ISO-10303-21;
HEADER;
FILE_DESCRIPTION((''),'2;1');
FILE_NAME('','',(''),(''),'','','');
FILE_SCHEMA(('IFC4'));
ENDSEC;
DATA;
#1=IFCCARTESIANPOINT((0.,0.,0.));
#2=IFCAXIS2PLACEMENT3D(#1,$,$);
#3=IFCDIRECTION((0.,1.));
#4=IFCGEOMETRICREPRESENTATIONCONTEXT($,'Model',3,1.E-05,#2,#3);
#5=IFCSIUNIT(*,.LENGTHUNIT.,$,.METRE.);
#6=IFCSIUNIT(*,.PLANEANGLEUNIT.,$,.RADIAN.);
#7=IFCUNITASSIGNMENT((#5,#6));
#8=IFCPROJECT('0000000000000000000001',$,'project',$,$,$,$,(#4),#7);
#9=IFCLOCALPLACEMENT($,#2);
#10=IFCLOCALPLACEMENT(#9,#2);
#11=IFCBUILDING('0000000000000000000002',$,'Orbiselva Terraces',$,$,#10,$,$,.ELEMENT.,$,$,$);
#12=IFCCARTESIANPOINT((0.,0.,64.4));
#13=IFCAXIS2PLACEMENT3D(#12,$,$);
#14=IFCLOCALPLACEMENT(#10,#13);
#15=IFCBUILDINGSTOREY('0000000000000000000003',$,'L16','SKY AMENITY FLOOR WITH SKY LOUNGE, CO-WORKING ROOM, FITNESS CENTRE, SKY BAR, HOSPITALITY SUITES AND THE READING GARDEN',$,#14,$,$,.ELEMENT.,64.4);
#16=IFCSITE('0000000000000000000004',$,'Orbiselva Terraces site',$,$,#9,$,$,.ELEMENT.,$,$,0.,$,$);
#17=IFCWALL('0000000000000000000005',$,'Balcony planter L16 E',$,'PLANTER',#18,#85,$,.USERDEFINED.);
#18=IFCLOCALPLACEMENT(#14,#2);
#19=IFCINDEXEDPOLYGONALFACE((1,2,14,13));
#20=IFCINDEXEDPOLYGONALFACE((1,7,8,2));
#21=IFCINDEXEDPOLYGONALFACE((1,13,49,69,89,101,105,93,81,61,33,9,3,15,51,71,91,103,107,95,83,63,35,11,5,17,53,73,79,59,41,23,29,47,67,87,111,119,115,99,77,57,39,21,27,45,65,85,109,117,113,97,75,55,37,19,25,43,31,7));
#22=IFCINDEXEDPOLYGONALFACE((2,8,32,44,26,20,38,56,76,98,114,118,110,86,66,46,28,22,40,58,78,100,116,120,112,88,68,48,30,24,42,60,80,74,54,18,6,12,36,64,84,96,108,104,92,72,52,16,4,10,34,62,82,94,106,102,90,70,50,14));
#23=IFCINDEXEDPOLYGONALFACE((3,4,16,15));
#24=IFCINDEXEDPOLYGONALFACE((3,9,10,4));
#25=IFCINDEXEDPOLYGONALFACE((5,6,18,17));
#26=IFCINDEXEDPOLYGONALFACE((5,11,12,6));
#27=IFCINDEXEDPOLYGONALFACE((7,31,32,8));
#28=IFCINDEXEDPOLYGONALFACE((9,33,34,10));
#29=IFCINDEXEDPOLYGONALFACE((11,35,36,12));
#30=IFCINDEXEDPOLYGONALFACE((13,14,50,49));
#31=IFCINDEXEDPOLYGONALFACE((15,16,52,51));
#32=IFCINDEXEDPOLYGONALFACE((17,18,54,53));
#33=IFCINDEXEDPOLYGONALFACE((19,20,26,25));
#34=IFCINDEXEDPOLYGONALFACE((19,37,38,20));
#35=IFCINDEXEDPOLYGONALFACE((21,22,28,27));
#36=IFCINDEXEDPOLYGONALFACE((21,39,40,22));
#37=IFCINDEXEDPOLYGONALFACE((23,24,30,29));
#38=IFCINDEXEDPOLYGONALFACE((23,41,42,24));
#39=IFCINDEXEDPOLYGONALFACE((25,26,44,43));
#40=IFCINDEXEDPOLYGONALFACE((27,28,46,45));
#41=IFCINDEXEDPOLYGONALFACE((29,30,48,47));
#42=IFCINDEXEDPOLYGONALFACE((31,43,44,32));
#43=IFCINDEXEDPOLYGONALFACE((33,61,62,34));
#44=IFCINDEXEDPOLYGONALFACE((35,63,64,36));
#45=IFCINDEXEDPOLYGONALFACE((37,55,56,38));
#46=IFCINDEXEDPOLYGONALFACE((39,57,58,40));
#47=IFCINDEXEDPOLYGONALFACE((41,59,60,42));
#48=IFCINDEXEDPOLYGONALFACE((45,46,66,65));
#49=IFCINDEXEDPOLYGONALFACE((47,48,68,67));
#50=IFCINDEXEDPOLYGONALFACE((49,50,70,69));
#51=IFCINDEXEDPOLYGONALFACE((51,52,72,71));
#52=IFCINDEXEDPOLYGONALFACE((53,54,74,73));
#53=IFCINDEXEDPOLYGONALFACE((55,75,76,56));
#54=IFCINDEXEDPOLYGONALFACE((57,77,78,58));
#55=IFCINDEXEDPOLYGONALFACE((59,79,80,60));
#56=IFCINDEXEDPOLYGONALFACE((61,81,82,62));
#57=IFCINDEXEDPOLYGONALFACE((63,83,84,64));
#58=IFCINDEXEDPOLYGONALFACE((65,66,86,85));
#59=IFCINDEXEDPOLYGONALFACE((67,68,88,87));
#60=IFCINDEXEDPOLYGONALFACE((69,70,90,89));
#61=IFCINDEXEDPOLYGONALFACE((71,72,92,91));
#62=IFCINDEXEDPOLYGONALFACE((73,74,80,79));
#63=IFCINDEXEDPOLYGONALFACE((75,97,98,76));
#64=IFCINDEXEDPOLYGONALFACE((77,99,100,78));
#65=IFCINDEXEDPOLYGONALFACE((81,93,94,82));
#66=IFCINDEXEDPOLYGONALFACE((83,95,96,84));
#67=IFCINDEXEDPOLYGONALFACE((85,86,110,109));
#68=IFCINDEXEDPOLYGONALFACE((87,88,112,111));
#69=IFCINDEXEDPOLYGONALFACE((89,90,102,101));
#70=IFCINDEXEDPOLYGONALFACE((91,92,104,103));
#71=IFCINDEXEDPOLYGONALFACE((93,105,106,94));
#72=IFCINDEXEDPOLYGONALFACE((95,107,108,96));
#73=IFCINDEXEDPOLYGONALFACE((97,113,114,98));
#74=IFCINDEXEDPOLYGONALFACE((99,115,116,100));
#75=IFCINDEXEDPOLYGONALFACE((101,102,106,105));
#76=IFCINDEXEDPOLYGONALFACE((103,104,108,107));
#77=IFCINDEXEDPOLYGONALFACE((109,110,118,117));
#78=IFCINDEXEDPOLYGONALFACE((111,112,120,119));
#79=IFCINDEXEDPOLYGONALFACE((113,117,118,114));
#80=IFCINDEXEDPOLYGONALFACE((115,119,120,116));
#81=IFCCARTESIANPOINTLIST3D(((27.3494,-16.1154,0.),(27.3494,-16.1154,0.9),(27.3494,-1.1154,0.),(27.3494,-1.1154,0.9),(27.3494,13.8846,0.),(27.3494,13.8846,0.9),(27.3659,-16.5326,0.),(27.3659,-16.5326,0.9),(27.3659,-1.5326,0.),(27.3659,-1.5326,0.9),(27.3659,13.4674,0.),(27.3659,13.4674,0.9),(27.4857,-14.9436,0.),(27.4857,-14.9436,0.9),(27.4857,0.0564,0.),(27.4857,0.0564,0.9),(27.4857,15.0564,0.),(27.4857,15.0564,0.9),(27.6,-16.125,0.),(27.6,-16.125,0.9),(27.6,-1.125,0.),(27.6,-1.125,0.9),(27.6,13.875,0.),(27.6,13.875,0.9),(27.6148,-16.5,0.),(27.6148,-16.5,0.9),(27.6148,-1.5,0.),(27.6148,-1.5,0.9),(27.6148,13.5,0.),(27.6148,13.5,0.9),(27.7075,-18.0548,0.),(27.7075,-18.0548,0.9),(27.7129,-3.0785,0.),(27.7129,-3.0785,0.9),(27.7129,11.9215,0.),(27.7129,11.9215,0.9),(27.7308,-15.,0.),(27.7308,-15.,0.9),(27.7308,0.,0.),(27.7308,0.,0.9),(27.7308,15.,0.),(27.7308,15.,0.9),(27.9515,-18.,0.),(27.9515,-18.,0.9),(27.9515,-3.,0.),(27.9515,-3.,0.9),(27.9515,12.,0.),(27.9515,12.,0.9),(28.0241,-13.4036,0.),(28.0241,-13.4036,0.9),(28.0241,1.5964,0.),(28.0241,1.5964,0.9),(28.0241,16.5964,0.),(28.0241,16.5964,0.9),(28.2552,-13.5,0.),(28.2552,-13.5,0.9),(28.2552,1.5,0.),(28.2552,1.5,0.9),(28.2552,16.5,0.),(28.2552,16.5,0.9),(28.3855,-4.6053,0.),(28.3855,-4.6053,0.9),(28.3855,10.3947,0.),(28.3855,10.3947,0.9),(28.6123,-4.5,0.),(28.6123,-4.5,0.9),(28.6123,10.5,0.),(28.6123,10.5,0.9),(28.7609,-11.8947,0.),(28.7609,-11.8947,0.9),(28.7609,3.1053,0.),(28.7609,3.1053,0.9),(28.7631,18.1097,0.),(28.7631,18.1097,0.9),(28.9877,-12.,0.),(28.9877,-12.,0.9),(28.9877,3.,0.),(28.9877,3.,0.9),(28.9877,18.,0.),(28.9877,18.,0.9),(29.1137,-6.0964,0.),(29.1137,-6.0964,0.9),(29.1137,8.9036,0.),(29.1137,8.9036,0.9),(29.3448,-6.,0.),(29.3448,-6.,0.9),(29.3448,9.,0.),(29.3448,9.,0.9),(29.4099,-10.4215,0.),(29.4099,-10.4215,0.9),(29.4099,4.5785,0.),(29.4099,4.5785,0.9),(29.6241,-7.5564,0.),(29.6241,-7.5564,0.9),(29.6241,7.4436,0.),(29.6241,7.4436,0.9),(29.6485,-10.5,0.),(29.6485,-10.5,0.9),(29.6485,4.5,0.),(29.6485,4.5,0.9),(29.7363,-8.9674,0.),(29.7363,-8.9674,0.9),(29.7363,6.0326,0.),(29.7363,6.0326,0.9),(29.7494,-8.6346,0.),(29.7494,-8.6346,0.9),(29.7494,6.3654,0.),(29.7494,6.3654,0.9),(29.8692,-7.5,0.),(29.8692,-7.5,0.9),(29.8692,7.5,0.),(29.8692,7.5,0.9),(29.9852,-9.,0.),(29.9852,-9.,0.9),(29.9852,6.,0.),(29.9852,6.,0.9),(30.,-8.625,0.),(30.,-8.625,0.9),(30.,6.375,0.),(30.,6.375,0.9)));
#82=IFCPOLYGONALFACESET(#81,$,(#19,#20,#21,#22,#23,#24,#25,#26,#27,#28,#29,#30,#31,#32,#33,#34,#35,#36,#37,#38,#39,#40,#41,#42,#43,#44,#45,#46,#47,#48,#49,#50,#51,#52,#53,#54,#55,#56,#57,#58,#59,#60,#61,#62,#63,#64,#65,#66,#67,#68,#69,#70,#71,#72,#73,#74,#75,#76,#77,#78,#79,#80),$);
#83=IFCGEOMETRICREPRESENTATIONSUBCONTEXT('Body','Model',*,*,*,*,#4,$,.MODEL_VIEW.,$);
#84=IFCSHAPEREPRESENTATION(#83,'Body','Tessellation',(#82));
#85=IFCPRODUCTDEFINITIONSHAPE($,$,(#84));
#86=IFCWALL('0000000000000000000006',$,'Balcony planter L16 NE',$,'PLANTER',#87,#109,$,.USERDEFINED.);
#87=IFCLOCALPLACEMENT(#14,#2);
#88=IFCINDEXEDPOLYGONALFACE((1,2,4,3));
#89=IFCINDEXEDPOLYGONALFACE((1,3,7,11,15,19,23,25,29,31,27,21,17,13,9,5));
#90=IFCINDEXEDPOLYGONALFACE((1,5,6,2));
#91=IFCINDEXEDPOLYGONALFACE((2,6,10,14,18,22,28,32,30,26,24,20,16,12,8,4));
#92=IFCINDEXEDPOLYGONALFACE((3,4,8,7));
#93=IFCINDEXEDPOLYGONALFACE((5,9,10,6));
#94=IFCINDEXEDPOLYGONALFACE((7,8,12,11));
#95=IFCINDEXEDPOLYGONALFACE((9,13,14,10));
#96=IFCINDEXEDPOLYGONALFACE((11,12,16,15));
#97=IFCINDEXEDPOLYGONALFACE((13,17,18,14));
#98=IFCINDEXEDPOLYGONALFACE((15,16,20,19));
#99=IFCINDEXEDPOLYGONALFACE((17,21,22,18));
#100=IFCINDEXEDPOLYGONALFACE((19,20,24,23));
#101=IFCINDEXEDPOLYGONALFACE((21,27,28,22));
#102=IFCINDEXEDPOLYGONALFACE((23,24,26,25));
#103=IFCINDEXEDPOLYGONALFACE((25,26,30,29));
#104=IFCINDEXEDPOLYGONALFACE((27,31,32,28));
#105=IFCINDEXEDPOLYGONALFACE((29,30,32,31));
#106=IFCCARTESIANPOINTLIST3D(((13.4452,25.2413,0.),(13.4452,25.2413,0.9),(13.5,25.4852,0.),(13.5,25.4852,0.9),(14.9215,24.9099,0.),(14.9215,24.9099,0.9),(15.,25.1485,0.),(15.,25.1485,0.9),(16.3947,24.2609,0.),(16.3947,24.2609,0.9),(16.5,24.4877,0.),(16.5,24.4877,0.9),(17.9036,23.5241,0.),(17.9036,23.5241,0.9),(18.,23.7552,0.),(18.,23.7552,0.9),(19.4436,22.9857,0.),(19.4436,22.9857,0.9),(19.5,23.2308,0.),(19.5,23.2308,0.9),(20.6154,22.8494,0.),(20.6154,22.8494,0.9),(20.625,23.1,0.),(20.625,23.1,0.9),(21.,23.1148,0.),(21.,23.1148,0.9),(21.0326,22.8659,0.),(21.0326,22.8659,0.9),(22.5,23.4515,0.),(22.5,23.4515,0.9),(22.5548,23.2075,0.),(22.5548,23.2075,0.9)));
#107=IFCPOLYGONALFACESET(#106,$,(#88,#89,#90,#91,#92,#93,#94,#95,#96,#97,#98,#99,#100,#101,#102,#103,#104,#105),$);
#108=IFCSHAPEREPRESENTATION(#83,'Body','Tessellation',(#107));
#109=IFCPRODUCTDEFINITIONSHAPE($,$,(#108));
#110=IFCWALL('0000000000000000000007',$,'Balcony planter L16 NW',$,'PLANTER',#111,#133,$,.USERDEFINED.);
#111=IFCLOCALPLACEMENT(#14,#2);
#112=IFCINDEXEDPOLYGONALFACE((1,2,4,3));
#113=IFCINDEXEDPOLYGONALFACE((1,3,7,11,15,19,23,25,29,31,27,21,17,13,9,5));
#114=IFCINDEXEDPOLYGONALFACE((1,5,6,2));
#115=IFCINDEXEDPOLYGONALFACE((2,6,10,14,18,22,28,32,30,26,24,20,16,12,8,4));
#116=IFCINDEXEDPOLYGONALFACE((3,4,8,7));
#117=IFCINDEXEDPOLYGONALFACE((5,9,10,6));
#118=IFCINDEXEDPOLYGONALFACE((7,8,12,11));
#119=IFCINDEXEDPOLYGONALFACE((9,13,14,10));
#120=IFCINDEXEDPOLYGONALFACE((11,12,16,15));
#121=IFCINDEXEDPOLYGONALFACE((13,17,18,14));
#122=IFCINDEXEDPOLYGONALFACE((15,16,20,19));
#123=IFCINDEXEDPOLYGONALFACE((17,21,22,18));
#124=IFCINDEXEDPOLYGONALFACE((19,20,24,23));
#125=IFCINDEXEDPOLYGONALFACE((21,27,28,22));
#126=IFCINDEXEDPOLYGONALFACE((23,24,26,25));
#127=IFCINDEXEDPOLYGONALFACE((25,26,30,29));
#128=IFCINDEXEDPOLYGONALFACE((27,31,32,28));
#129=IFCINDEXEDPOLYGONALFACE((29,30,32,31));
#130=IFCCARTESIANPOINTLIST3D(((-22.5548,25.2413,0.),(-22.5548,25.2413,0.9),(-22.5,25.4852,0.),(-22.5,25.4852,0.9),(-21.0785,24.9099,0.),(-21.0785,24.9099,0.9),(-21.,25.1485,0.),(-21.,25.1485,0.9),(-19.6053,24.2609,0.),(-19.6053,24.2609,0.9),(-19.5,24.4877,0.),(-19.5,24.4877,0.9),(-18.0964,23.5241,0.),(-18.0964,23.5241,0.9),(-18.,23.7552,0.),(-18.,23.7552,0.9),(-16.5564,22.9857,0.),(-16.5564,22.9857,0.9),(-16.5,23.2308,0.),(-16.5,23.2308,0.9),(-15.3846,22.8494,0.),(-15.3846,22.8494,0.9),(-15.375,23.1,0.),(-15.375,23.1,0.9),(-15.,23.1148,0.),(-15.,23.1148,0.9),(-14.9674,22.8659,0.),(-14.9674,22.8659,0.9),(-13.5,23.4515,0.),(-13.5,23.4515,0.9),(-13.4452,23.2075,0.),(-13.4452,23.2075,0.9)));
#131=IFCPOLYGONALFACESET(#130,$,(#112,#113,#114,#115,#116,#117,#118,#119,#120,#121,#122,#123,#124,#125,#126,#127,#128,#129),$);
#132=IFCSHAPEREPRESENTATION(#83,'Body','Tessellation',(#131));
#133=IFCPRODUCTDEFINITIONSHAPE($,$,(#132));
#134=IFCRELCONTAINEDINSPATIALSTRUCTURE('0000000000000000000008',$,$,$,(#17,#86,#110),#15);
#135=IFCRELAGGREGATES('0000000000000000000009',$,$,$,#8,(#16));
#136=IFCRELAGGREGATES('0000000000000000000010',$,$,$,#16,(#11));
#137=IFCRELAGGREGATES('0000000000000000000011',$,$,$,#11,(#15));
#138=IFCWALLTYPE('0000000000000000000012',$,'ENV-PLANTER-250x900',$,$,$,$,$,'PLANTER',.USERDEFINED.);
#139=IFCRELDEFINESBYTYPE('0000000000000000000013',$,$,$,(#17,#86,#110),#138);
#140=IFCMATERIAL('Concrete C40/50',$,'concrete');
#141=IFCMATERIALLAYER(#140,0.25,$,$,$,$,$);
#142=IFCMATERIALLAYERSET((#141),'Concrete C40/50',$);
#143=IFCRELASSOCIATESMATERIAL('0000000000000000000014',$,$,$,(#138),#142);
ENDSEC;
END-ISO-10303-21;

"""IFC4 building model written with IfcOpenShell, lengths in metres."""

from ifc_helpers import new_model, si_unit, direction, frame, origin, place, context, subcontext, project, spatial, polyline, outline, extrude, material, layer, layer_set, type_object, element, save


model = new_model("IFC4")

# Units and contexts
model_context = context("Model", 3, precision=1e-05, world=origin(), true_north=direction((0.0, 1.0)))
body_context = subcontext(model_context, "Body", "Model", "MODEL_VIEW")
ifc_project = project(units=[si_unit("LENGTHUNIT", "METRE"), si_unit("PLANEANGLEUNIT", "RADIAN")], contexts=[model_context])

# Site, building, storey
site_placement = place(None, origin())
site = spatial("IfcSite", under=ifc_project, at=site_placement, Name="Orbiselva Terraces site", CompositionType="ELEMENT", RefElevation=0.0)
building_placement = place(site_placement, origin())
building = spatial("IfcBuilding", under=site, at=building_placement, Name="Orbiselva Terraces", CompositionType="ELEMENT")
storey_placement = place(building_placement, frame((0.0, 0.0, 64.4)))
storey = spatial("IfcBuildingStorey", under=building, at=storey_placement, Name="L16", Description="SKY AMENITY FLOOR WITH SKY LOUNGE, CO-WORKING ROOM, FITNESS CENTRE, SKY BAR, HOSPITALITY SUITES AND THE READING GARDEN", CompositionType="ELEMENT", Elevation=64.4)

# Shared definitions
ifc_material_1 = material(Name="Concrete C40/50", Category="concrete")

# Walls
ifc_layer_1 = layer(ifc_material_1, 0.25)
ifc_layer_set_1 = layer_set([ifc_layer_1], Name="Concrete C40/50")
wall_type_1 = type_object("IfcWallType", Name="ENV-PLANTER-250x900", ElementType="PLANTER", PredefinedType="USERDEFINED", material=ifc_layer_set_1)
wall_1_placement = place(storey_placement, origin())
element("IfcWall", 1, at=wall_1_placement, inside=storey, type_object=wall_type_1, Name="Balcony planter L16 E", ObjectType="PLANTER", PredefinedType="USERDEFINED", context=body_context, shape_type="SweptSolid", body=[
    extrude(outline(polyline([(27.9515, -18.0), (27.6148, -16.5), (27.6, -16.125), (27.7308, -15.0), (28.2552, -13.5), (28.9877, -12.0), (29.6485, -10.5), (29.9852, -9.0), (30.0, -8.625), (29.8692, -7.5), (29.3448, -6.0), (28.6123, -4.5), (27.9515, -3.0), (27.6148, -1.5), (27.6, -1.125), (27.7308, 0.0), (28.2552, 1.5), (28.9877, 3.0), (29.6485, 4.5), (29.9852, 6.0), (30.0, 6.375), (29.8692, 7.5), (29.3448, 9.0), (28.6123, 10.5), (27.9515, 12.0), (27.6148, 13.5), (27.6, 13.875), (27.7308, 15.0), (28.2552, 16.5), (28.9877, 18.0), (28.7631, 18.1097), (28.0241, 16.5964), (27.4857, 15.0564), (27.3494, 13.8846), (27.3659, 13.4674), (27.7129, 11.9215), (28.3855, 10.3947), (29.1137, 8.9036), (29.6241, 7.4436), (29.7494, 6.3654), (29.7363, 6.0326), (29.4099, 4.5785), (28.7609, 3.1053), (28.0241, 1.5964), (27.4857, 0.0564), (27.3494, -1.1154), (27.3659, -1.5326), (27.7129, -3.0785), (28.3855, -4.6053), (29.1137, -6.0964), (29.6241, -7.5564), (29.7494, -8.6346), (29.7363, -8.9674), (29.4099, -10.4215), (28.7609, -11.8947), (28.0241, -13.4036), (27.4857, -14.9436), (27.3494, -16.1154), (27.3659, -16.5326), (27.7075, -18.0548), (27.9515, -18.0)])), origin(), (0.0, 0.0, 1.0), 0.9),
])
wall_2_placement = place(storey_placement, origin())
element("IfcWall", 2, at=wall_2_placement, inside=storey, type_object=wall_type_1, Name="Balcony planter L16 NE", ObjectType="PLANTER", PredefinedType="USERDEFINED", context=body_context, shape_type="SweptSolid", body=[
    extrude(outline(polyline([(22.5, 23.4515), (21.0, 23.1148), (20.625, 23.1), (19.5, 23.2308), (18.0, 23.7552), (16.5, 24.4877), (15.0, 25.1485), (13.5, 25.4852), (13.4452, 25.2413), (14.9215, 24.9099), (16.3947, 24.2609), (17.9036, 23.5241), (19.4436, 22.9857), (20.6154, 22.8494), (21.0326, 22.8659), (22.5548, 23.2075), (22.5, 23.4515)])), origin(), (0.0, 0.0, 1.0), 0.9),
])
wall_3_placement = place(storey_placement, origin())
element("IfcWall", 3, at=wall_3_placement, inside=storey, type_object=wall_type_1, Name="Balcony planter L16 NW", ObjectType="PLANTER", PredefinedType="USERDEFINED", context=body_context, shape_type="SweptSolid", body=[
    extrude(outline(polyline([(-13.5, 23.4515), (-15.0, 23.1148), (-15.375, 23.1), (-16.5, 23.2308), (-18.0, 23.7552), (-19.5, 24.4877), (-21.0, 25.1485), (-22.5, 25.4852), (-22.5548, 25.2413), (-21.0785, 24.9099), (-19.6053, 24.2609), (-18.0964, 23.5241), (-16.5564, 22.9857), (-15.3846, 22.8494), (-14.9674, 22.8659), (-13.4452, 23.2075), (-13.5, 23.4515)])), origin(), (0.0, 0.0, 1.0), 0.9),
])

save(model, "model.ifc")
